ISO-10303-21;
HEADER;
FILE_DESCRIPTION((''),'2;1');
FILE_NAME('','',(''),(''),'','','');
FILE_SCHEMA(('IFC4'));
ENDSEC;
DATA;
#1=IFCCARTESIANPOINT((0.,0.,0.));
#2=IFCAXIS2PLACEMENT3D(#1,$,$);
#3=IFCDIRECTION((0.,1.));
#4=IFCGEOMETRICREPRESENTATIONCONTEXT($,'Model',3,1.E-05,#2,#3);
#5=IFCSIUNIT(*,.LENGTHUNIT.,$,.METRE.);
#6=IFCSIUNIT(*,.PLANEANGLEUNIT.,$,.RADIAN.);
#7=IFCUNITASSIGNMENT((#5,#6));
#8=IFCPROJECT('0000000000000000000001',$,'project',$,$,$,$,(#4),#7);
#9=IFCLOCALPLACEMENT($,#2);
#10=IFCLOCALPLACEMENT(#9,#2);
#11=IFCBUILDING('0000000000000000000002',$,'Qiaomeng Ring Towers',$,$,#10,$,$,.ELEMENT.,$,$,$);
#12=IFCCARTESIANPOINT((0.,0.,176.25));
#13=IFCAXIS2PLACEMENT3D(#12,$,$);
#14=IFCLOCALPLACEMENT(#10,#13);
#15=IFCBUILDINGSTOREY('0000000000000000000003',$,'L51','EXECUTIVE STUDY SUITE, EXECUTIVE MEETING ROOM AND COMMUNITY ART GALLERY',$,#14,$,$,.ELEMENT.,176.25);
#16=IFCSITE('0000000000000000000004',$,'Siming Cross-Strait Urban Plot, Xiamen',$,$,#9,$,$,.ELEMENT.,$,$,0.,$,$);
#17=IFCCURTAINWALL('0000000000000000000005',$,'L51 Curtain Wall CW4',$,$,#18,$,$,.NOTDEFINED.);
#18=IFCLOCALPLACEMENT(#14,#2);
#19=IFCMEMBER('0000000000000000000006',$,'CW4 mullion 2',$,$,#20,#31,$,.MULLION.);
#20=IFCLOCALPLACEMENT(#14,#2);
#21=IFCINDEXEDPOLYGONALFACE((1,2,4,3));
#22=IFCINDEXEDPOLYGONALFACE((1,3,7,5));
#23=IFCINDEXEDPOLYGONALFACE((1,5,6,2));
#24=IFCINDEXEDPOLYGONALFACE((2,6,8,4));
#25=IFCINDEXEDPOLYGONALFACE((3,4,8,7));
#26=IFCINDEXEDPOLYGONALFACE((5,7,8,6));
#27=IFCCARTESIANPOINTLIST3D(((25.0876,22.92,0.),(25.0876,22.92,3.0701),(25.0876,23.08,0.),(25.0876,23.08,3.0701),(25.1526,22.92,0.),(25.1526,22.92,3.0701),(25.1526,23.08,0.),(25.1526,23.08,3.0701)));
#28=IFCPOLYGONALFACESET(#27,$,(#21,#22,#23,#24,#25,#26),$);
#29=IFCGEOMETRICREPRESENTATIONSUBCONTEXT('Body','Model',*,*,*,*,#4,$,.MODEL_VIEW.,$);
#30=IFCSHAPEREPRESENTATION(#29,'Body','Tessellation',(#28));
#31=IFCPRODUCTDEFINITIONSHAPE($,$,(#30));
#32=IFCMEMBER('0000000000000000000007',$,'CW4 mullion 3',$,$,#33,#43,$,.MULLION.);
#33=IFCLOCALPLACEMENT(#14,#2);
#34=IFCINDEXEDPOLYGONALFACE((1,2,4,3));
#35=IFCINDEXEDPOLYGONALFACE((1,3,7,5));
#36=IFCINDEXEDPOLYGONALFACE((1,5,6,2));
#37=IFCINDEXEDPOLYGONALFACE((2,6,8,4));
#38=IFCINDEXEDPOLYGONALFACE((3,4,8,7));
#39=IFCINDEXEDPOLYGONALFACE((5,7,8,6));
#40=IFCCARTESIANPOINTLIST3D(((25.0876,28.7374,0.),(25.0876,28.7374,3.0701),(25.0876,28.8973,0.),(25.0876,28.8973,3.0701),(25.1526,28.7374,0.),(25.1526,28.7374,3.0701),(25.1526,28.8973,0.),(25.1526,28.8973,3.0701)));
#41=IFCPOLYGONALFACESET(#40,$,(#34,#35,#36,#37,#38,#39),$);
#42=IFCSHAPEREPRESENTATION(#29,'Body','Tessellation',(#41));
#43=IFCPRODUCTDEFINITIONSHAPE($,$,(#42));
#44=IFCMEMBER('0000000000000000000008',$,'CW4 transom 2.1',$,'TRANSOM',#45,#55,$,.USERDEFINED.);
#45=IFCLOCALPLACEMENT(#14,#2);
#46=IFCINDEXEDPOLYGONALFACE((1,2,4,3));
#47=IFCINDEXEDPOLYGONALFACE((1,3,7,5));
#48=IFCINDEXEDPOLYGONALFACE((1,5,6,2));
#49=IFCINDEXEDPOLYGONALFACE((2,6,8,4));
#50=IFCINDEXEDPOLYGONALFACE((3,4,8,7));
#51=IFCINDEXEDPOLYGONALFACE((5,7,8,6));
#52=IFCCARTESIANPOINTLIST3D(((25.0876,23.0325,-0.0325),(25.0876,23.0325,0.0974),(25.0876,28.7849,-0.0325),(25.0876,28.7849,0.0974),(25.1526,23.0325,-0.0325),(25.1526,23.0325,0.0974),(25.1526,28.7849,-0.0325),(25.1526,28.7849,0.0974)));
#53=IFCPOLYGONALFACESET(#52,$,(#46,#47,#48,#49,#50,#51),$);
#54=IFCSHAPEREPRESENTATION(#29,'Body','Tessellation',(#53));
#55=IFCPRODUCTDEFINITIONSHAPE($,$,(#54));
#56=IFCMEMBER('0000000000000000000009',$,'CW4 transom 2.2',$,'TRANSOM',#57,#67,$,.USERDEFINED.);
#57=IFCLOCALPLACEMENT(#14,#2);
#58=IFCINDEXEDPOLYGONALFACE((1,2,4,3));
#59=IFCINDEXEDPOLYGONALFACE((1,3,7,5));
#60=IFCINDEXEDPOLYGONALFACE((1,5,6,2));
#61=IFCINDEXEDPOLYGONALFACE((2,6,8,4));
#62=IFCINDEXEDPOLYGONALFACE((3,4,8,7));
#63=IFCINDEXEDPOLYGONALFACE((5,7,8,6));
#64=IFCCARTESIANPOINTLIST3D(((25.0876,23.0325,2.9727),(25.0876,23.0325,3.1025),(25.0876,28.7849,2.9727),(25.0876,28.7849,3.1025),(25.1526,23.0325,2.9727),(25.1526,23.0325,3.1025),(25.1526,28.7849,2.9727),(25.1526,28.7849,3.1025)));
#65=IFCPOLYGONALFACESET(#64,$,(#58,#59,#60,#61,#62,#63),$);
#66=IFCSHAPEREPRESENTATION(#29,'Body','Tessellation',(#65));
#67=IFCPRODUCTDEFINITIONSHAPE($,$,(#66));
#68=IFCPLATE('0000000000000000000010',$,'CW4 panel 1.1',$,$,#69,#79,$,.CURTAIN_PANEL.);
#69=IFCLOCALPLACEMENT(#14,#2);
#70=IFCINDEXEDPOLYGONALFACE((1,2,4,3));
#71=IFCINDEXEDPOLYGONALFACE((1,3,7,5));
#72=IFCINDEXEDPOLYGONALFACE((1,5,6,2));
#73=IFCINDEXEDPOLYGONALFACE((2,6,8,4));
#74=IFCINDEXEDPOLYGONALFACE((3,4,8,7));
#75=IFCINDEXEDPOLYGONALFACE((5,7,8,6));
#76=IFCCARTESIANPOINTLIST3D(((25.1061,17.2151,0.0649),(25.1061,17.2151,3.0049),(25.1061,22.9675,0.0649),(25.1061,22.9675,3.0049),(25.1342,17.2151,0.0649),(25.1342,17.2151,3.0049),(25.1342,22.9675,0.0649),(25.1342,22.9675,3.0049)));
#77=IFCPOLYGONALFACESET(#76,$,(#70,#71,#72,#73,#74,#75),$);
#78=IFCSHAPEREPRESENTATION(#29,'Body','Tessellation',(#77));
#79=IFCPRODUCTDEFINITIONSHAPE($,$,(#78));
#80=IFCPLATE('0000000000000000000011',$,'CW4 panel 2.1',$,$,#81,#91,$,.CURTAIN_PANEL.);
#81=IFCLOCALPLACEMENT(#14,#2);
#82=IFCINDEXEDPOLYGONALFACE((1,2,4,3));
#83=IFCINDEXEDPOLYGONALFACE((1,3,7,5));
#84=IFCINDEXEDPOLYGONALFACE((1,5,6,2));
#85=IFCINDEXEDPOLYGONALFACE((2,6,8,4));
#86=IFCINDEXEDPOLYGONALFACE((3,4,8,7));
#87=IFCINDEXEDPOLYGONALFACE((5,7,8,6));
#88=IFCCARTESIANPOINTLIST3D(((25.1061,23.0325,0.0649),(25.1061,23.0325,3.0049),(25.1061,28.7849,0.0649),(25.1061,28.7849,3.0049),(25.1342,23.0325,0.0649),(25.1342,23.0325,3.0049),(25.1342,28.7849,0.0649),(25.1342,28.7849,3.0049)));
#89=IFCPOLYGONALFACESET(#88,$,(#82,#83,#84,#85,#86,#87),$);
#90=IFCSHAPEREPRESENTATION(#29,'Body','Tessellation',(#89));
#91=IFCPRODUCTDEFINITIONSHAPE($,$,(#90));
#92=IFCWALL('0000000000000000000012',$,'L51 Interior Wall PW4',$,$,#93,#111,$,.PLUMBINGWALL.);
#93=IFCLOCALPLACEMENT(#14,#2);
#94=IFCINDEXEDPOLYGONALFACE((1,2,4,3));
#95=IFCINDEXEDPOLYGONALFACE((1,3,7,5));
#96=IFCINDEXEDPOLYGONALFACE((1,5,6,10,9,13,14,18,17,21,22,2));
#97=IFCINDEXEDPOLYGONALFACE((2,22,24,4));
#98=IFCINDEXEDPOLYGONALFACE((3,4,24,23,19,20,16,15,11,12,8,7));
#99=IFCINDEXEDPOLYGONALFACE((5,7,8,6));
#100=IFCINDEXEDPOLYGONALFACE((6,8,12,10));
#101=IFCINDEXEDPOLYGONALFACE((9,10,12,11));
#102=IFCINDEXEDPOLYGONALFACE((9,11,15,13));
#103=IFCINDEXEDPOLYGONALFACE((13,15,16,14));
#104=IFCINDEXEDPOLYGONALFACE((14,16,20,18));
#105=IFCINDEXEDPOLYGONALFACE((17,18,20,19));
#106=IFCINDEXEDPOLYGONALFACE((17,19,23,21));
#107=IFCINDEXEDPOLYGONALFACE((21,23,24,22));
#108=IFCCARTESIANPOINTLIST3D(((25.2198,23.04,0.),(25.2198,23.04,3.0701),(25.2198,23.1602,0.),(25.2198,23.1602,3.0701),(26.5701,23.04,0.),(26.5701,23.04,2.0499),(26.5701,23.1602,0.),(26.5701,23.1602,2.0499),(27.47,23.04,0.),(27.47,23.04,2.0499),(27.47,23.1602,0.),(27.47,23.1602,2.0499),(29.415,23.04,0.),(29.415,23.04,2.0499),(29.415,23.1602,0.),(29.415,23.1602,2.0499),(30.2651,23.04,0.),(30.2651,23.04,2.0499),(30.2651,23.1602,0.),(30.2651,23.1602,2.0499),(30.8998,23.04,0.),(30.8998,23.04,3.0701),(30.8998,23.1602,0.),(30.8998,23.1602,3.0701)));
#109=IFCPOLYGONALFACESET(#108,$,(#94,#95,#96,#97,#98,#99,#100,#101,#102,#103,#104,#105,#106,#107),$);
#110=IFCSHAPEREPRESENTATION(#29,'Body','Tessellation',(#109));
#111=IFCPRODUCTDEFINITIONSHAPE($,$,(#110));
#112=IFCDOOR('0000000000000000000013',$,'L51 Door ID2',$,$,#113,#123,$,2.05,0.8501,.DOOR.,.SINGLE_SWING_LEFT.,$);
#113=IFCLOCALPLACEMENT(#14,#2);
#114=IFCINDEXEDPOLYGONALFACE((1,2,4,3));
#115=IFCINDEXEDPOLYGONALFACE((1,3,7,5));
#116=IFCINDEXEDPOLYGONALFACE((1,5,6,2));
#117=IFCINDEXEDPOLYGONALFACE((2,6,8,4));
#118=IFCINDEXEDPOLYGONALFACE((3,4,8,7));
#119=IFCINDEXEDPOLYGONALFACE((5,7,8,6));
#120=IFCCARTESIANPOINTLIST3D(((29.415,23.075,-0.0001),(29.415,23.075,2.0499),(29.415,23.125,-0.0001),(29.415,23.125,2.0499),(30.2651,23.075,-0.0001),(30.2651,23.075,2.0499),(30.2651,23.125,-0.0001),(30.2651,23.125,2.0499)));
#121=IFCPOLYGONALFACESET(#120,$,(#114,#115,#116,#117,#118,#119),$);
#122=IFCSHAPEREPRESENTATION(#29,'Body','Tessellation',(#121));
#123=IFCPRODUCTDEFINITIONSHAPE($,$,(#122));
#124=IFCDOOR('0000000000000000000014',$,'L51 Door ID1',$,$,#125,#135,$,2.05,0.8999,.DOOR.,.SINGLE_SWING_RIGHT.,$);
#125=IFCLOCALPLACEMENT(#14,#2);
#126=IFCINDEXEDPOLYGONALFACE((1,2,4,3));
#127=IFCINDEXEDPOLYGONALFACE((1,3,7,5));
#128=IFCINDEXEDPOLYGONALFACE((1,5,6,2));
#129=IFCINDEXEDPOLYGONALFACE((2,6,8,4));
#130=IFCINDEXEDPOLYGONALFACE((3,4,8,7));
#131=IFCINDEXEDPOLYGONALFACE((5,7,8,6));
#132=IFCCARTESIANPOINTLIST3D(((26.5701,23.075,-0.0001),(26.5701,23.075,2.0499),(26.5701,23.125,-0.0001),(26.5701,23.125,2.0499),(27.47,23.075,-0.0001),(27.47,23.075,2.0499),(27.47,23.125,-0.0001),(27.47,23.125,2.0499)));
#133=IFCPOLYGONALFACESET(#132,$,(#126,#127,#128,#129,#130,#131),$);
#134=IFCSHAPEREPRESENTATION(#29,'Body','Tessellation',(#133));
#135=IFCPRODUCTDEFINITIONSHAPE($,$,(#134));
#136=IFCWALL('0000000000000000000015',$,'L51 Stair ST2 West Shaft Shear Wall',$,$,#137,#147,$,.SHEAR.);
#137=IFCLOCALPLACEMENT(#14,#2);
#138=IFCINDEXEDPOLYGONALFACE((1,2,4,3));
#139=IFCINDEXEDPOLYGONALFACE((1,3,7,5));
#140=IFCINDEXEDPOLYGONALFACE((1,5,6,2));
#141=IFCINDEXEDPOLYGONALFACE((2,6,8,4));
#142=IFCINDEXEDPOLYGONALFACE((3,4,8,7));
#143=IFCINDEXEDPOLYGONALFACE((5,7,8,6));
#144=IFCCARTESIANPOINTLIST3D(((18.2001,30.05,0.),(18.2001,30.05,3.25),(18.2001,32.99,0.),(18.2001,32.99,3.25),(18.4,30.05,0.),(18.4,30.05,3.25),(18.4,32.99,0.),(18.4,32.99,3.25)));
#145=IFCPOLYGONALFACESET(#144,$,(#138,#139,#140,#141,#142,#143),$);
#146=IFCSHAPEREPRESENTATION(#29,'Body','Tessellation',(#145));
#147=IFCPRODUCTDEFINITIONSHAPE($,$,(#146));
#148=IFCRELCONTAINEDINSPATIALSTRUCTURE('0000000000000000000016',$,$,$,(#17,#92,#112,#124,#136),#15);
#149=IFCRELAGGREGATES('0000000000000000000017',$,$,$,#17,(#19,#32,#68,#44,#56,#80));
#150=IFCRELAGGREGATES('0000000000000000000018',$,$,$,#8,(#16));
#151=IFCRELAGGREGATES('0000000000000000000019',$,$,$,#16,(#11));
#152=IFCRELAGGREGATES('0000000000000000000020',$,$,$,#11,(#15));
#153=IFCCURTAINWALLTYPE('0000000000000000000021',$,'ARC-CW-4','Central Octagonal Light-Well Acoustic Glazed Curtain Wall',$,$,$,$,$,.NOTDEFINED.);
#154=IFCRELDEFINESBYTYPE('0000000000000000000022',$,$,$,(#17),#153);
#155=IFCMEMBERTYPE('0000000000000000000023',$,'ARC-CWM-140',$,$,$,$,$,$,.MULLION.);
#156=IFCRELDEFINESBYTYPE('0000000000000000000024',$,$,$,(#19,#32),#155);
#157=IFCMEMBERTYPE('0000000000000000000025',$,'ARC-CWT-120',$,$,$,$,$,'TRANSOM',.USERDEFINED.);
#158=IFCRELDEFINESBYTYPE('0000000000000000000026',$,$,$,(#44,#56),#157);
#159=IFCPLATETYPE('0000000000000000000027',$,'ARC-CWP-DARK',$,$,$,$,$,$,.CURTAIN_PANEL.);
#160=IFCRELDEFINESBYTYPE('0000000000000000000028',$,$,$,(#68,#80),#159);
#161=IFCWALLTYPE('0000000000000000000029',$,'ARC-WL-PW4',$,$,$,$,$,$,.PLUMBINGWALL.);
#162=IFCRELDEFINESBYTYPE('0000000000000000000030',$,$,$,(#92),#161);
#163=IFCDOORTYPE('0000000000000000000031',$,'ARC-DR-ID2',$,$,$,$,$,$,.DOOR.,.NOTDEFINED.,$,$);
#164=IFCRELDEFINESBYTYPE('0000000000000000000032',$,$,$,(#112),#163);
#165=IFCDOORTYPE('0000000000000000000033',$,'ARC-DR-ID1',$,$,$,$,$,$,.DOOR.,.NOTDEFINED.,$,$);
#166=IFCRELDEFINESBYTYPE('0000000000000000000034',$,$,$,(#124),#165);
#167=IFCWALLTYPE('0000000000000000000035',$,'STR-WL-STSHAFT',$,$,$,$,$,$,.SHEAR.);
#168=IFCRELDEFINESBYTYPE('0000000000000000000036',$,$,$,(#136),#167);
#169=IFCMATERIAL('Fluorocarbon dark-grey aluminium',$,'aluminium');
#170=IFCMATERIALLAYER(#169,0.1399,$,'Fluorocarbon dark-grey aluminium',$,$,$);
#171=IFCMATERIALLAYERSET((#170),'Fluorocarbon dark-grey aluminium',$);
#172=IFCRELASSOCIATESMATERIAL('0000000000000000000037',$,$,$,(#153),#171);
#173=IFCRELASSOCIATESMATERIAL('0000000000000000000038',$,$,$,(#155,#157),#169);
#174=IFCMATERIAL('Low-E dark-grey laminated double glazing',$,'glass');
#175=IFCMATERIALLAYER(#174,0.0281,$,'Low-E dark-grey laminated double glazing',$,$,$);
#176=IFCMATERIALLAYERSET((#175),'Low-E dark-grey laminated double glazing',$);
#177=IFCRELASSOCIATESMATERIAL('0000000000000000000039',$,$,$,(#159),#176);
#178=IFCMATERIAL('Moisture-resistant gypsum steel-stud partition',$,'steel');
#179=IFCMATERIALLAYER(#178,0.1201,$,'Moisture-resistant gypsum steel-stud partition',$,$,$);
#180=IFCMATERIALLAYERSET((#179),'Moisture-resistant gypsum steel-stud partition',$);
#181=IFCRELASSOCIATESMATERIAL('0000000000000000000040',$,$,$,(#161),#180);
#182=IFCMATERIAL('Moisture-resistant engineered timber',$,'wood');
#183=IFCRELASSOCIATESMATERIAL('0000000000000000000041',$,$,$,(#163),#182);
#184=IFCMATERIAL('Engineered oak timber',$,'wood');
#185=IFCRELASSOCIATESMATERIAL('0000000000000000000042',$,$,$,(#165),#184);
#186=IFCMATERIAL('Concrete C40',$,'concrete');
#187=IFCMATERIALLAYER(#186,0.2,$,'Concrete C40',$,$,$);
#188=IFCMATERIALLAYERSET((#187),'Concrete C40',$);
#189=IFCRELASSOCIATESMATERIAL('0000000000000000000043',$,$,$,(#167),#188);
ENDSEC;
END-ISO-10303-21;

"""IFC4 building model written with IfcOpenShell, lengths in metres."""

from ifc_helpers import new_model, si_unit, direction, frame, frame_2d, origin, origin_2d, place, context, subcontext, project, spatial, rectangle, extrude, source, transform, mapped, material, layer, layer_set, material_profile, profile_set, type_object, element, fill, aggregate, save


model = new_model("IFC4")

# Units and contexts
model_context = context("Model", 3, precision=1e-05, world=origin(), true_north=direction((0.0, 1.0)))
body_context = subcontext(model_context, "Body", "Model", "MODEL_VIEW")
ifc_project = project(units=[si_unit("LENGTHUNIT", "METRE"), si_unit("PLANEANGLEUNIT", "RADIAN")], contexts=[model_context])

# Site, building, storey
site_placement = place(None, origin())
site = spatial("IfcSite", under=ifc_project, at=site_placement, Name="Siming Cross-Strait Urban Plot, Xiamen", CompositionType="ELEMENT", RefElevation=0.0)
building_placement = place(site_placement, origin())
building = spatial("IfcBuilding", under=site, at=building_placement, Name="Qiaomeng Ring Towers", CompositionType="ELEMENT")
storey_placement = place(building_placement, frame((0.0, 0.0, 176.25)))
storey = spatial("IfcBuildingStorey", under=building, at=storey_placement, Name="L51", Description="EXECUTIVE STUDY SUITE, EXECUTIVE MEETING ROOM AND COMMUNITY ART GALLERY", CompositionType="ELEMENT", Elevation=176.25)

# Curtain wall, members, plates
ifc_material_1 = material(Name="Fluorocarbon dark-grey aluminium", Category="aluminium")
ifc_layer_1 = layer(ifc_material_1, 0.1399, Name="Fluorocarbon dark-grey aluminium")
ifc_layer_set_1 = layer_set([ifc_layer_1], Name="Fluorocarbon dark-grey aluminium")
curtain_wall_type = type_object("IfcCurtainWallType", Name="ARC-CW-4", Description="Central Octagonal Light-Well Acoustic Glazed Curtain Wall", PredefinedType="NOTDEFINED", material=ifc_layer_set_1)
curtain_wall_placement = place(storey_placement, origin())
curtain_wall = element("IfcCurtainWall", 1, at=curtain_wall_placement, inside=storey, type_object=curtain_wall_type, Name="L51 Curtain Wall CW4", PredefinedType="NOTDEFINED")
ifc_material_profile_1 = material_profile(ifc_material_1, rectangle(XDim=0.0649, YDim=0.1599, at=origin_2d()), Name="ALU MULL 65x160")
ifc_profile_set_1 = profile_set([ifc_material_profile_1], Name="Fluorocarbon dark-grey aluminium")
member_type_1 = type_object("IfcMemberType", Name="ARC-CWM-140", PredefinedType="MULLION", material=ifc_profile_set_1)
shared_shape_1 = source(origin(), body_context, "Body", "SweptSolid", [
    extrude(rectangle(XDim=0.0649, YDim=0.1599, at=origin_2d()), origin(), (0.0, 0.0, 1.0), 3.0701),
])
member_1_placement = place(storey_placement, frame((25.1201, 23.0, 0.0), z_axis=(0.0, 0.0, 1.0), x_axis=(-1.0, 0.0, 0.0)))
member_1 = element("IfcMember", 2, at=member_1_placement, type_object=member_type_1, Name="CW4 mullion 2", PredefinedType="MULLION", context=body_context, shape_type="MappedRepresentation", body=[
    mapped(shared_shape_1, transform((0.0, 0.0, 0.0), x_axis=(1.0, 0.0, 0.0), y_axis=(0.0, 1.0, 0.0), z_axis=(0.0, 0.0, 1.0), scale=1.0)),
])
member_2_placement = place(storey_placement, frame((25.1201, 28.8174, 0.0), z_axis=(0.0, 0.0, 1.0), x_axis=(-1.0, 0.0, 0.0)))
member_2 = element("IfcMember", 3, at=member_2_placement, type_object=member_type_1, Name="CW4 mullion 3", PredefinedType="MULLION", context=body_context, shape_type="MappedRepresentation", body=[
    mapped(shared_shape_1, transform((0.0, 0.0, 0.0), x_axis=(1.0, 0.0, 0.0), y_axis=(0.0, 1.0, 0.0), z_axis=(0.0, 0.0, 1.0), scale=1.0)),
])
ifc_material_profile_2 = material_profile(ifc_material_1, rectangle(XDim=0.0649, YDim=0.1299, at=origin_2d()), Name="ALU TRAN 65x130")
ifc_profile_set_2 = profile_set([ifc_material_profile_2], Name="Fluorocarbon dark-grey aluminium")
member_type_2 = type_object("IfcMemberType", Name="ARC-CWT-120", ElementType="TRANSOM", PredefinedType="USERDEFINED", material=ifc_profile_set_2)
shared_shape_2 = source(origin(), body_context, "Body", "SweptSolid", [
    extrude(rectangle(XDim=0.0649, YDim=0.1299, at=origin_2d()), origin(), (0.0, 0.0, 1.0), 5.7524),
])
member_3_placement = place(storey_placement, frame((25.1201, 23.0325, 0.0325), z_axis=(0.0, 1.0, 0.0), x_axis=(-1.0, 0.0, 0.0)))
member_3 = element("IfcMember", 4, at=member_3_placement, type_object=member_type_2, Name="CW4 transom 2.1", ObjectType="TRANSOM", PredefinedType="USERDEFINED", context=body_context, shape_type="MappedRepresentation", body=[
    mapped(shared_shape_2, transform((0.0, 0.0, 0.0), x_axis=(1.0, 0.0, 0.0), y_axis=(0.0, 1.0, 0.0), z_axis=(0.0, 0.0, 1.0), scale=1.0)),
])
member_4_placement = place(storey_placement, frame((25.1201, 23.0325, 3.0376), z_axis=(0.0, 1.0, 0.0), x_axis=(-1.0, 0.0, 0.0)))
member_4 = element("IfcMember", 5, at=member_4_placement, type_object=member_type_2, Name="CW4 transom 2.2", ObjectType="TRANSOM", PredefinedType="USERDEFINED", context=body_context, shape_type="MappedRepresentation", body=[
    mapped(shared_shape_2, transform((0.0, 0.0, 0.0), x_axis=(1.0, 0.0, 0.0), y_axis=(0.0, 1.0, 0.0), z_axis=(0.0, 0.0, 1.0), scale=1.0)),
])
ifc_material_2 = material(Name="Low-E dark-grey laminated double glazing", Category="glass")
ifc_layer_2 = layer(ifc_material_2, 0.0281, Name="Low-E dark-grey laminated double glazing")
ifc_layer_set_2 = layer_set([ifc_layer_2], Name="Low-E dark-grey laminated double glazing")
plate_type = type_object("IfcPlateType", Name="ARC-CWP-DARK", PredefinedType="CURTAIN_PANEL", material=ifc_layer_set_2)
shared_shape_3 = source(origin(), body_context, "Body", "SweptSolid", [
    extrude(rectangle(XDim=5.7524, YDim=0.0281, at=origin_2d()), origin(), (0.0, 0.0, 1.0), 2.9399),
])
plate_1_placement = place(storey_placement, frame((25.1201, 20.0913, 0.0649), z_axis=(0.0, 0.0, 1.0), x_axis=(0.0, 1.0, 0.0)))
plate_1 = element("IfcPlate", 6, at=plate_1_placement, type_object=plate_type, Name="CW4 panel 1.1", PredefinedType="CURTAIN_PANEL", context=body_context, shape_type="MappedRepresentation", body=[
    mapped(shared_shape_3, transform((0.0, 0.0, 0.0), x_axis=(1.0, 0.0, 0.0), y_axis=(0.0, 1.0, 0.0), z_axis=(0.0, 0.0, 1.0), scale=1.0)),
])
plate_2_placement = place(storey_placement, frame((25.1201, 25.9087, 0.0649), z_axis=(0.0, 0.0, 1.0), x_axis=(0.0, 1.0, 0.0)))
plate_2 = element("IfcPlate", 7, at=plate_2_placement, type_object=plate_type, Name="CW4 panel 2.1", PredefinedType="CURTAIN_PANEL", context=body_context, shape_type="MappedRepresentation", body=[
    mapped(shared_shape_3, transform((0.0, 0.0, 0.0), x_axis=(1.0, 0.0, 0.0), y_axis=(0.0, 1.0, 0.0), z_axis=(0.0, 0.0, 1.0), scale=1.0)),
])
aggregate(curtain_wall, [member_1, member_2, plate_1, member_3, member_4, plate_2])

# Wall, openings, doors
ifc_material_3 = material(Name="Moisture-resistant gypsum steel-stud partition", Category="steel")
ifc_layer_3 = layer(ifc_material_3, 0.1201, Name="Moisture-resistant gypsum steel-stud partition")
ifc_layer_set_3 = layer_set([ifc_layer_3], Name="Moisture-resistant gypsum steel-stud partition")
wall_type_1 = type_object("IfcWallType", Name="ARC-WL-PW4", PredefinedType="PLUMBINGWALL", material=ifc_layer_set_3)
wall_1_placement = place(storey_placement, frame((25.22, 23.1001, 0.0), z_axis=(0.0, 0.0, 1.0), x_axis=(1.0, 0.0, 0.0)))
wall_1 = element("IfcWall", 8, at=wall_1_placement, inside=storey, type_object=wall_type_1, Name="L51 Interior Wall PW4", PredefinedType="PLUMBINGWALL", context=body_context, shape_type="SweptSolid", body=[
    extrude(rectangle(XDim=5.6799, YDim=0.1201, at=frame_2d((2.8398, 0.0))), origin(), (0.0, 0.0, 1.0), 3.0701),
])
opening_1_placement = place(wall_1_placement, frame((1.3501, 0.0, 0.0)))
opening_1 = element("IfcOpeningElement", 9, at=opening_1_placement, cuts=wall_1, PredefinedType="OPENING", context=body_context, shape_type="SweptSolid", body=[
    extrude(rectangle(XDim=0.8999, YDim=2.05, at=frame_2d((0.45, 1.0249))), frame((0.0, 0.0701, 0.0), z_axis=(0.0, -1.0, 0.0), x_axis=(1.0, 0.0, 0.0)), (0.0, 0.0, 1.0), 0.1401),
])
opening_2_placement = place(wall_1_placement, frame((4.1951, 0.0, 0.0)))
opening_2 = element("IfcOpeningElement", 10, at=opening_2_placement, cuts=wall_1, PredefinedType="OPENING", context=body_context, shape_type="SweptSolid", body=[
    extrude(rectangle(XDim=0.8501, YDim=2.05, at=frame_2d((0.425, 1.0249))), frame((0.0, 0.0701, 0.0), z_axis=(0.0, -1.0, 0.0), x_axis=(1.0, 0.0, 0.0)), (0.0, 0.0, 1.0), 0.1401),
])
ifc_material_4 = material(Name="Moisture-resistant engineered timber", Category="wood")
door_type_1 = type_object("IfcDoorType", Name="ARC-DR-ID2", OperationType="NOTDEFINED", PredefinedType="DOOR", material=ifc_material_4)
shared_shape_4 = source(origin(), body_context, "Body", "SweptSolid", [
    extrude(rectangle(XDim=0.8501, YDim=2.05, at=frame_2d((0.425, 1.0249))), frame((0.0, 0.0249, 0.0), z_axis=(0.0, -1.0, 0.0), x_axis=(1.0, 0.0, 0.0)), (0.0, 0.0, 1.0), 0.05),
])
door_1_placement = place(opening_2_placement, origin())
door_1 = element("IfcDoor", 11, at=door_1_placement, inside=storey, type_object=door_type_1, Name="L51 Door ID2", OperationType="SINGLE_SWING_LEFT", OverallHeight=2.05, OverallWidth=0.8501, PredefinedType="DOOR", context=body_context, shape_type="MappedRepresentation", body=[
    mapped(shared_shape_4, transform((0.0, 0.0, 0.0), x_axis=(1.0, 0.0, 0.0), y_axis=(0.0, 1.0, 0.0), z_axis=(0.0, 0.0, 1.0), scale=1.0)),
])
fill(opening_2, door_1)
ifc_material_5 = material(Name="Engineered oak timber", Category="wood")
door_type_2 = type_object("IfcDoorType", Name="ARC-DR-ID1", OperationType="NOTDEFINED", PredefinedType="DOOR", material=ifc_material_5)
shared_shape_5 = source(origin(), body_context, "Body", "SweptSolid", [
    extrude(rectangle(XDim=0.8999, YDim=2.05, at=frame_2d((0.45, 1.0249))), frame((0.0, 0.0249, 0.0), z_axis=(0.0, -1.0, 0.0), x_axis=(1.0, 0.0, 0.0)), (0.0, 0.0, 1.0), 0.05),
])
door_2_placement = place(opening_1_placement, origin())
door_2 = element("IfcDoor", 12, at=door_2_placement, inside=storey, type_object=door_type_2, Name="L51 Door ID1", OperationType="SINGLE_SWING_RIGHT", OverallHeight=2.05, OverallWidth=0.8999, PredefinedType="DOOR", context=body_context, shape_type="MappedRepresentation", body=[
    mapped(shared_shape_5, transform((0.0, 0.0, 0.0), x_axis=(1.0, 0.0, 0.0), y_axis=(0.0, 1.0, 0.0), z_axis=(0.0, 0.0, 1.0), scale=1.0)),
])
fill(opening_1, door_2)

# Wall
ifc_material_6 = material(Name="Concrete C40", Category="concrete")
ifc_layer_4 = layer(ifc_material_6, 0.2, Name="Concrete C40")
ifc_layer_set_4 = layer_set([ifc_layer_4], Name="Concrete C40")
wall_type_2 = type_object("IfcWallType", Name="STR-WL-STSHAFT", PredefinedType="SHEAR", material=ifc_layer_set_4)
wall_2_placement = place(storey_placement, frame((18.3, 30.05, 0.0), z_axis=(0.0, 0.0, 1.0), x_axis=(0.0, 1.0, 0.0)))
element("IfcWall", 13, at=wall_2_placement, inside=storey, type_object=wall_type_2, Name="L51 Stair ST2 West Shaft Shear Wall", PredefinedType="SHEAR", context=body_context, shape_type="SweptSolid", body=[
    extrude(rectangle(XDim=2.9399, YDim=0.2, at=frame_2d((1.47, 0.0))), origin(), (0.0, 0.0, 1.0), 3.25),
])

save(model, "model.ifc")
